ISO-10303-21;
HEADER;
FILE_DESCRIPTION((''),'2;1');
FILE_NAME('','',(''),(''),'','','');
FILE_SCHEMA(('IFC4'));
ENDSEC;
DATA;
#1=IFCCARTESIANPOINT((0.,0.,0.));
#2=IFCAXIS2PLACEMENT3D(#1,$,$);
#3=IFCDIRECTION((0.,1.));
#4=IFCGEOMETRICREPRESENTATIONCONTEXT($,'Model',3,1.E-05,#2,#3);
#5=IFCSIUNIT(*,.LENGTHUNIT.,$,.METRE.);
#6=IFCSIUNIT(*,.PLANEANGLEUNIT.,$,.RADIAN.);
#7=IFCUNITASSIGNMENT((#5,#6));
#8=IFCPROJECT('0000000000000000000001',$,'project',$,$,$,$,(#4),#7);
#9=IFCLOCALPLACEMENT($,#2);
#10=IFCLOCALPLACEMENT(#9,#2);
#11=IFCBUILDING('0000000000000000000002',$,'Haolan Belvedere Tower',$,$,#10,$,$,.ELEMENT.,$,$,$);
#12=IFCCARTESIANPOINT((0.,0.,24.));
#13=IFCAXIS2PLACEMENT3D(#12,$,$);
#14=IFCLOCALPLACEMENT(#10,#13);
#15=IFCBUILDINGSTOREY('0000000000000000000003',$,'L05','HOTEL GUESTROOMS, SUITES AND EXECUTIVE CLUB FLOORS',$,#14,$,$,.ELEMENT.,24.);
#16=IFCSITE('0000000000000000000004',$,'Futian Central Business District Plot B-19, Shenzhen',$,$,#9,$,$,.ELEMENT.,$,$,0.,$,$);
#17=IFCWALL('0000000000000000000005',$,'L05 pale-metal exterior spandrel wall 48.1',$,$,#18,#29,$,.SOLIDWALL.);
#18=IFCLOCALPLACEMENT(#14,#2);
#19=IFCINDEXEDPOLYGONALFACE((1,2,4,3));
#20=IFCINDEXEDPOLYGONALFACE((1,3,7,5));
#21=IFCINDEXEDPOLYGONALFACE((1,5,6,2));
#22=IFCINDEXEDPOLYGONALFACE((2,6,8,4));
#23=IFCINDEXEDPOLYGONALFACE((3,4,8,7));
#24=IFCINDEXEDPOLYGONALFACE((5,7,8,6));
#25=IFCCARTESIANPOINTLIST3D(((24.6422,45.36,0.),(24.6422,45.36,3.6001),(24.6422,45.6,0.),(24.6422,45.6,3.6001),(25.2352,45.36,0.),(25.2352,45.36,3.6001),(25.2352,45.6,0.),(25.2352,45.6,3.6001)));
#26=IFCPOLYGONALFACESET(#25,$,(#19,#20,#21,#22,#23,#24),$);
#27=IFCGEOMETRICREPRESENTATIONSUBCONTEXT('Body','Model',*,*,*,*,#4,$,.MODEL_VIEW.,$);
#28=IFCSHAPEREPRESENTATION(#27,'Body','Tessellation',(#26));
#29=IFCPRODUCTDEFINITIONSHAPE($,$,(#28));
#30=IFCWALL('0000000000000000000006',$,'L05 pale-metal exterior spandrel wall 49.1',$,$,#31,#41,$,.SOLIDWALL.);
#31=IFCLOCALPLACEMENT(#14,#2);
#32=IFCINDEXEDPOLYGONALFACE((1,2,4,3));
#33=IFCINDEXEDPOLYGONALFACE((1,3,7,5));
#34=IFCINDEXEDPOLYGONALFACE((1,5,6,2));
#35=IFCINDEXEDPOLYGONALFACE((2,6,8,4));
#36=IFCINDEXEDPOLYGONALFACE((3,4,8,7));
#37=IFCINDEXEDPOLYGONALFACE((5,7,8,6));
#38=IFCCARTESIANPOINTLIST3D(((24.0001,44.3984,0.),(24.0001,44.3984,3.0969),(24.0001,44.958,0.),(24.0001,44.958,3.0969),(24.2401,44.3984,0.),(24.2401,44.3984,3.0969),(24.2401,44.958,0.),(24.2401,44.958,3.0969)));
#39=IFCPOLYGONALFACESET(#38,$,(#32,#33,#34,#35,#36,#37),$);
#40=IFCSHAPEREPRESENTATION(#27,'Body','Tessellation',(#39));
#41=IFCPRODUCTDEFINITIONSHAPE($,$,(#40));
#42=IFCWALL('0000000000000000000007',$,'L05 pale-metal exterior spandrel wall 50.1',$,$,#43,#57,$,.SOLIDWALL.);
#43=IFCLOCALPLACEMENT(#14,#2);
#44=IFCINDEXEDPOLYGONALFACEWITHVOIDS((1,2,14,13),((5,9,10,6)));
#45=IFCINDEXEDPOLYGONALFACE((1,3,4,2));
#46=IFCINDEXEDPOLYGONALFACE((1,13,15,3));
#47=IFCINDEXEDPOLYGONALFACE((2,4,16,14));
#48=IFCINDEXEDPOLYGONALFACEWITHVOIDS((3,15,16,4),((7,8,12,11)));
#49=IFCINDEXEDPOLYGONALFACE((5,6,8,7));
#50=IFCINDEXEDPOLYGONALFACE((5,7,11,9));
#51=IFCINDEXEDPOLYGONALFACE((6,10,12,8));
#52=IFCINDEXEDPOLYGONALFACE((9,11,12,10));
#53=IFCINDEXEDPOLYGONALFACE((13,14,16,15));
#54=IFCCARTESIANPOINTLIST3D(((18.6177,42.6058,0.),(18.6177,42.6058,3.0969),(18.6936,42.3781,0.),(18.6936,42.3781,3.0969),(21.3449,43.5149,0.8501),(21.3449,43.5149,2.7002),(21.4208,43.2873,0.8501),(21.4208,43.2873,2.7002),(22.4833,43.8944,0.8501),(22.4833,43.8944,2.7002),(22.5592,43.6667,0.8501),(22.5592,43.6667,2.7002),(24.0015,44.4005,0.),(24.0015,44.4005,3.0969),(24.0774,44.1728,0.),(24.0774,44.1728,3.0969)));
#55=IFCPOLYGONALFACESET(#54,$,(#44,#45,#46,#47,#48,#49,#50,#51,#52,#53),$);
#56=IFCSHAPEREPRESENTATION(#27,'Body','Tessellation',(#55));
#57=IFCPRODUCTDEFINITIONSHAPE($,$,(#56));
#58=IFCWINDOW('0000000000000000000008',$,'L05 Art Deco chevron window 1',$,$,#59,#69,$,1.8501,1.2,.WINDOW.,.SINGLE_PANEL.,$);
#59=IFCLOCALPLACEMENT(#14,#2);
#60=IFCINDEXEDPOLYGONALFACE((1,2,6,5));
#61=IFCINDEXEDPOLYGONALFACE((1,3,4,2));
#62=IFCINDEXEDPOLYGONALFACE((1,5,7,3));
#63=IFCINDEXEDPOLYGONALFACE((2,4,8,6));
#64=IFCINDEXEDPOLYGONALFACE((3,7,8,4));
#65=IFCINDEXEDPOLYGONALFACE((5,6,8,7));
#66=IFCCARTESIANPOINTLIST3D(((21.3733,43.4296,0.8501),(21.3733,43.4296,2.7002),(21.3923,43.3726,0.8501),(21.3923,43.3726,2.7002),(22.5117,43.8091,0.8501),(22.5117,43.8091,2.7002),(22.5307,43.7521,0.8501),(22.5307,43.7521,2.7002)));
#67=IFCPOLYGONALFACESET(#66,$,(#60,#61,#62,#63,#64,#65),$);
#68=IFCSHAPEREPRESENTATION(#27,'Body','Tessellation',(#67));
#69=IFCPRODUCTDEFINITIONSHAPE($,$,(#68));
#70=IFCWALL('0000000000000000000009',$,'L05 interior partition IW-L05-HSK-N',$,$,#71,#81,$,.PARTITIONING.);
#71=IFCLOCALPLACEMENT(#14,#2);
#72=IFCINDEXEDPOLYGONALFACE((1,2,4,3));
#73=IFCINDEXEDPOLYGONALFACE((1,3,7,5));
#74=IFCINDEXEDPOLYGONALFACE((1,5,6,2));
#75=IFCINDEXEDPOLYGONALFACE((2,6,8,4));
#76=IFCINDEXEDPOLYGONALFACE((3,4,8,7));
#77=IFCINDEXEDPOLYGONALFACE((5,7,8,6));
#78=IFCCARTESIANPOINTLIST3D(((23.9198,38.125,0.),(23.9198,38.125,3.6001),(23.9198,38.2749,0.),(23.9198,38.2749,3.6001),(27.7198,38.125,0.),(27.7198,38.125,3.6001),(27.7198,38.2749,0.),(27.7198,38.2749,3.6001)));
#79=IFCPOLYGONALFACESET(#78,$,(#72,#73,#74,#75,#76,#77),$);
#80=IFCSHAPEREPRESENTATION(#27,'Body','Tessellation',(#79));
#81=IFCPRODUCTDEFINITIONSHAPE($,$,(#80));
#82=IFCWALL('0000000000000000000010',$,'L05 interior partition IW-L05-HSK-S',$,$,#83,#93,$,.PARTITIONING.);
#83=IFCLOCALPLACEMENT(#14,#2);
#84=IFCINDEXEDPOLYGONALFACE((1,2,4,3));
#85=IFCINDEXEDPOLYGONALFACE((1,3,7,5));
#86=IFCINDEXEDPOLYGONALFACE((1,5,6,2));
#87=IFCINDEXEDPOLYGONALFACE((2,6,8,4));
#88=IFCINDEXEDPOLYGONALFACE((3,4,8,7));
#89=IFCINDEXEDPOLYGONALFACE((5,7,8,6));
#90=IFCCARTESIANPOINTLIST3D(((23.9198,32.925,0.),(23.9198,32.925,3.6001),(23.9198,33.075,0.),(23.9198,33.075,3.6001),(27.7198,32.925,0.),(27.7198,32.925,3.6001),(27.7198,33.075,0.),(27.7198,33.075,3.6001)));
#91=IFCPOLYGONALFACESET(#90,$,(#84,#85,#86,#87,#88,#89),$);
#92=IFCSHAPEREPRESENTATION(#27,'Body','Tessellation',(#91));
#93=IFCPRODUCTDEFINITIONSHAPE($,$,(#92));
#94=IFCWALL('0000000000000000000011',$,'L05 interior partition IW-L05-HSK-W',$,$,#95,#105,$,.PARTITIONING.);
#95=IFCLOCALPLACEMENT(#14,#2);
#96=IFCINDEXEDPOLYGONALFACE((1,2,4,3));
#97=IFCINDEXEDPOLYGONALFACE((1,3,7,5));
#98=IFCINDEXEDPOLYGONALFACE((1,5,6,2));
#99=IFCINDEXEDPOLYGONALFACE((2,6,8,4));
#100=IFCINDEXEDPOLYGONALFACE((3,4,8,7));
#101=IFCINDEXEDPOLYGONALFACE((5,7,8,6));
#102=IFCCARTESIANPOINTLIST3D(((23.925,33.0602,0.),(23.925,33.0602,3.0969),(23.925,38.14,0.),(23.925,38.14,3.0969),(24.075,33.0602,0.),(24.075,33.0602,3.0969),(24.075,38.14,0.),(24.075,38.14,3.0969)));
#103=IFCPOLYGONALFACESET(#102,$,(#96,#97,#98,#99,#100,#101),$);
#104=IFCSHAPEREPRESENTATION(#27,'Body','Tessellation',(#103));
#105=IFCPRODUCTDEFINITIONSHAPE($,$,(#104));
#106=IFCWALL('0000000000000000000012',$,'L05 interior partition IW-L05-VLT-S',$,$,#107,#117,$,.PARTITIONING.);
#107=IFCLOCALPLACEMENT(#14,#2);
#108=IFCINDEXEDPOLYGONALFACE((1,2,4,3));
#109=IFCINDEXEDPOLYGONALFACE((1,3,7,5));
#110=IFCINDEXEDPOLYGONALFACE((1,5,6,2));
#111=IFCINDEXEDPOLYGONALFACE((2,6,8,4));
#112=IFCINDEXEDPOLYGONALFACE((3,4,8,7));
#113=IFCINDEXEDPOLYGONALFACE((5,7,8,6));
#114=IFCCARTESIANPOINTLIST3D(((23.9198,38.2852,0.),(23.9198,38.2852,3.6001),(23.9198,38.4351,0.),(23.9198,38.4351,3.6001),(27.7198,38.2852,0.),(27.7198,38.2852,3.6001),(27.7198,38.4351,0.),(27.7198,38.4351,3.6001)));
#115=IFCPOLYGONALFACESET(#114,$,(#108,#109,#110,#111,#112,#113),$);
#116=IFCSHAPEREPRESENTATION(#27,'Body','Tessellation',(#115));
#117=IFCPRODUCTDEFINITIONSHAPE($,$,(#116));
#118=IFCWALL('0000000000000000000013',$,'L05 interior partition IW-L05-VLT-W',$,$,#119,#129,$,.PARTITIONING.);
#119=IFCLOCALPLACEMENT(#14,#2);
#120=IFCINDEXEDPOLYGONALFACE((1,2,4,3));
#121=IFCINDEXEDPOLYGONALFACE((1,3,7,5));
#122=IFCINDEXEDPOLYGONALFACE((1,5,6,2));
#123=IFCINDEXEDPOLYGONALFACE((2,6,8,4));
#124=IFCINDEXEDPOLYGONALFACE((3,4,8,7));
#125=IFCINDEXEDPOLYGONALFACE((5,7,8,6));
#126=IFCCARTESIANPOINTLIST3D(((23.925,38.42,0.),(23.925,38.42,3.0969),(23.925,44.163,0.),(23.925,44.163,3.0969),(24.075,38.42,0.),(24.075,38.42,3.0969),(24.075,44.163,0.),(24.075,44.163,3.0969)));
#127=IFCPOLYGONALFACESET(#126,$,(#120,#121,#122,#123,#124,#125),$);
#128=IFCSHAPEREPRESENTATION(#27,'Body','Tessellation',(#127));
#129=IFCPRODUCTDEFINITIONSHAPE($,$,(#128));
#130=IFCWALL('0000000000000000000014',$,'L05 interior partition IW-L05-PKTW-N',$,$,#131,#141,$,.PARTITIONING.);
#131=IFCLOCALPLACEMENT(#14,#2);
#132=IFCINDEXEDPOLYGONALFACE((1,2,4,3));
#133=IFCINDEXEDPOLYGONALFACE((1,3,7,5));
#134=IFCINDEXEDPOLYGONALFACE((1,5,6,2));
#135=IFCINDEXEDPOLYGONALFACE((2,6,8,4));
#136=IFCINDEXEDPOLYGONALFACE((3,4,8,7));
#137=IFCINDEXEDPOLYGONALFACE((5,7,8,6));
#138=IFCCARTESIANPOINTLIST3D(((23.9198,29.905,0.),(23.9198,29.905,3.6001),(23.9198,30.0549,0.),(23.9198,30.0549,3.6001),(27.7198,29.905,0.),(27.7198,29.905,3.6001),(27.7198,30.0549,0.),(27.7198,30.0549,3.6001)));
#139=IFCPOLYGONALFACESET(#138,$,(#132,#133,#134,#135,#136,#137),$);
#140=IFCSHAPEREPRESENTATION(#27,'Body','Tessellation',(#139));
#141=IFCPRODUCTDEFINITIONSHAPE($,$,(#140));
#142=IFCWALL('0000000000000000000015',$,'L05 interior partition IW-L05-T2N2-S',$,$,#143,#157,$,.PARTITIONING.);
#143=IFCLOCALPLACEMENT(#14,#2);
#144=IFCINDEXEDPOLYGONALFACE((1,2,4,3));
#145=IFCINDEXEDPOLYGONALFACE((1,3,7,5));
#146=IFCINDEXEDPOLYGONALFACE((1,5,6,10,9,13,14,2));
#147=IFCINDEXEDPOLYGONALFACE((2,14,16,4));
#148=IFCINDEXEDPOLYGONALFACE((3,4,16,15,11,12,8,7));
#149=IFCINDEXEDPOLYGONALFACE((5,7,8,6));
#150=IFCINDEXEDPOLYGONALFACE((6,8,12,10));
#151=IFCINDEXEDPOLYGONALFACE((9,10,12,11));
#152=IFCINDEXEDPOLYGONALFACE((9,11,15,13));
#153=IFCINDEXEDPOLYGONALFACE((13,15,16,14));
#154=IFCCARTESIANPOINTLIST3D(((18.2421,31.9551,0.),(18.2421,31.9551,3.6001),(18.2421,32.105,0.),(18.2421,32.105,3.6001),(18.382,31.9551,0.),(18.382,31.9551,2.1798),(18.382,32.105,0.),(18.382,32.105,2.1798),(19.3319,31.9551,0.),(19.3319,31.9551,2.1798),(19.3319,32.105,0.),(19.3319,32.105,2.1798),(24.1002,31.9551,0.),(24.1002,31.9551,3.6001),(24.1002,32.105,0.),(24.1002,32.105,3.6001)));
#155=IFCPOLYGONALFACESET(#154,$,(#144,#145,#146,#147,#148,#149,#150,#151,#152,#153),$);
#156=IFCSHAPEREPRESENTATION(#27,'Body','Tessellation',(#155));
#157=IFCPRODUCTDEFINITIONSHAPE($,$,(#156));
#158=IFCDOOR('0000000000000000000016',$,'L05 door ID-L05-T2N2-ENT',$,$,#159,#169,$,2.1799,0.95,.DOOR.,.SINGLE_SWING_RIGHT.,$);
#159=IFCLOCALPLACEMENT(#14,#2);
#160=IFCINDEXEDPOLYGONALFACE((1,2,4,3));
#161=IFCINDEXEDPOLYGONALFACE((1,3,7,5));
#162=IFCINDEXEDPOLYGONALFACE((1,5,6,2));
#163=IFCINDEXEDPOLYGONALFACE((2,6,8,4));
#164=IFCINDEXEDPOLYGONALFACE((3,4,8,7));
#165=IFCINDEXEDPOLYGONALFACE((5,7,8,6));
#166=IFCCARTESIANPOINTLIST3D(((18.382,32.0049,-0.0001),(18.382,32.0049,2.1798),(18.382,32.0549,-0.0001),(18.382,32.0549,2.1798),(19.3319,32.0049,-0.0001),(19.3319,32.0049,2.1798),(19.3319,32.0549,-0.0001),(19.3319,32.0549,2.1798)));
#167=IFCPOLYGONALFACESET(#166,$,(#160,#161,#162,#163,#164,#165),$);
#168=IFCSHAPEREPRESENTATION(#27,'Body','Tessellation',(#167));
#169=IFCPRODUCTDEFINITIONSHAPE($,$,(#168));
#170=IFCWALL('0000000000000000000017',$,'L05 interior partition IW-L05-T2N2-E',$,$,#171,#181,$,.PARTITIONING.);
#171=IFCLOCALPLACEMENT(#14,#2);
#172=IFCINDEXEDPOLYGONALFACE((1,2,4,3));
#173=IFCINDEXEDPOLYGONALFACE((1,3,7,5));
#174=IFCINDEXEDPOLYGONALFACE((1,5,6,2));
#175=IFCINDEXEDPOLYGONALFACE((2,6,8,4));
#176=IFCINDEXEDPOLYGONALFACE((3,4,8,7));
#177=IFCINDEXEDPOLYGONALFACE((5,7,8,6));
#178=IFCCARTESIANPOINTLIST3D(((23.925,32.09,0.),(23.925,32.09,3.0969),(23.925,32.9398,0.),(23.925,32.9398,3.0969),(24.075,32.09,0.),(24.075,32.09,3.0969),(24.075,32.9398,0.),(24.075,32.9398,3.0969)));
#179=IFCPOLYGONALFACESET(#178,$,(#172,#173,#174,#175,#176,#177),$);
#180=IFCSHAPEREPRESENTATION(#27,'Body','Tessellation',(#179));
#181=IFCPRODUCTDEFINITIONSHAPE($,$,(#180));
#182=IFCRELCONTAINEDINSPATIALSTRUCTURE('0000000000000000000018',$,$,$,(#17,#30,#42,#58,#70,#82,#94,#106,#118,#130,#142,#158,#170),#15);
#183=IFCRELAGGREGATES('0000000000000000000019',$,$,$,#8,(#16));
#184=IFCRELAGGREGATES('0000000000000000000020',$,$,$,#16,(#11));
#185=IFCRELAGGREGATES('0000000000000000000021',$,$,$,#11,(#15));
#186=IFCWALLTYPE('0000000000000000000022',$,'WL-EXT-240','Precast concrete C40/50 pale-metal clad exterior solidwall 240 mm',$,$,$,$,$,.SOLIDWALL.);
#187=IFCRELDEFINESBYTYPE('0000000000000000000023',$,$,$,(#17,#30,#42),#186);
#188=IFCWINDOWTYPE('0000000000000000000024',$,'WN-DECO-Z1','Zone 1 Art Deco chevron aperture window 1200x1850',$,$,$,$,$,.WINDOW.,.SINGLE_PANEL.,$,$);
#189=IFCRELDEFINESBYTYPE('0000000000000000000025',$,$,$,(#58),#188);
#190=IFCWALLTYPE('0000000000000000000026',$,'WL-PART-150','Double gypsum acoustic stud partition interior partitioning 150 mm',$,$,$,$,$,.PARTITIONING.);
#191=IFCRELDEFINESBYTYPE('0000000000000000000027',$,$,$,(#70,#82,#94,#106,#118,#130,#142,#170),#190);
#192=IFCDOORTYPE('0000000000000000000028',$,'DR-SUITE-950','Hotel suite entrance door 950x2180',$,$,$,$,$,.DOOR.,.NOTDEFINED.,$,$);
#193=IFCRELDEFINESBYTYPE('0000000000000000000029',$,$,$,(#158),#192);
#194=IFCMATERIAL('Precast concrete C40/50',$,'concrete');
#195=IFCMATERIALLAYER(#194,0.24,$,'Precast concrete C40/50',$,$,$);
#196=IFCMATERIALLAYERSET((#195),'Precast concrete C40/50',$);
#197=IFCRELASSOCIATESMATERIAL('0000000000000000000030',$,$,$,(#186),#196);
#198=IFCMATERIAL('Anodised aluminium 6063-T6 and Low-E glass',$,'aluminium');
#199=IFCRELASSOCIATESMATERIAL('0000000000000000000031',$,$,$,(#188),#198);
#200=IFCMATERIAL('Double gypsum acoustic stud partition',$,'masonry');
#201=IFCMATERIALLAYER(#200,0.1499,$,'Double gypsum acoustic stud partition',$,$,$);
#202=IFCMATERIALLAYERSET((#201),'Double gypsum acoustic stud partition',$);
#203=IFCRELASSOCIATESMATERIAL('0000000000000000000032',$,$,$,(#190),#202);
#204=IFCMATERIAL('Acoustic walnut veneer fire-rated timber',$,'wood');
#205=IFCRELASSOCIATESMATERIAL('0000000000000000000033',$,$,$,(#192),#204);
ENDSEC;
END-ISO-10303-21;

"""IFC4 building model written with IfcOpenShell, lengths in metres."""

from ifc_helpers import new_model, si_unit, direction, frame, frame_2d, origin, place, context, subcontext, project, spatial, rectangle, extrude, material, layer, layer_set, type_object, element, fill, save


model = new_model("IFC4")

# Units and contexts
model_context = context("Model", 3, precision=1e-05, world=origin(), true_north=direction((0.0, 1.0)))
body_context = subcontext(model_context, "Body", "Model", "MODEL_VIEW")
ifc_project = project(units=[si_unit("LENGTHUNIT", "METRE"), si_unit("PLANEANGLEUNIT", "RADIAN")], contexts=[model_context])

# Site, building, storey
site_placement = place(None, origin())
site = spatial("IfcSite", under=ifc_project, at=site_placement, Name="Futian Central Business District Plot B-19, Shenzhen", CompositionType="ELEMENT", RefElevation=0.0)
building_placement = place(site_placement, origin())
building = spatial("IfcBuilding", under=site, at=building_placement, Name="Haolan Belvedere Tower", CompositionType="ELEMENT")
storey_placement = place(building_placement, frame((0.0, 0.0, 24.0)))
storey = spatial("IfcBuildingStorey", under=building, at=storey_placement, Name="L05", Description="HOTEL GUESTROOMS, SUITES AND EXECUTIVE CLUB FLOORS", CompositionType="ELEMENT", Elevation=24.0)

# Walls
ifc_material_1 = material(Name="Precast concrete C40/50", Category="concrete")
ifc_layer_1 = layer(ifc_material_1, 0.24, Name="Precast concrete C40/50")
ifc_layer_set_1 = layer_set([ifc_layer_1], Name="Precast concrete C40/50")
wall_type_1 = type_object("IfcWallType", Name="WL-EXT-240", Description="Precast concrete C40/50 pale-metal clad exterior solidwall 240 mm", PredefinedType="SOLIDWALL", material=ifc_layer_set_1)
wall_1_placement = place(storey_placement, frame((25.2351, 45.48, 0.0), z_axis=(0.0, 0.0, 1.0), x_axis=(-1.0, 0.0, 0.0)))
element("IfcWall", 1, at=wall_1_placement, inside=storey, type_object=wall_type_1, Name="L05 pale-metal exterior spandrel wall 48.1", PredefinedType="SOLIDWALL", context=body_context, shape_type="SweptSolid", body=[
    extrude(rectangle(XDim=0.593, YDim=0.24, at=frame_2d((0.2964, 0.0))), origin(), (0.0, 0.0, 1.0), 3.6001),
])
wall_2_placement = place(storey_placement, frame((24.1201, 44.958, 0.0), z_axis=(0.0, 0.0, 1.0), x_axis=(0.0, -1.0, 0.0)))
element("IfcWall", 2, at=wall_2_placement, inside=storey, type_object=wall_type_1, Name="L05 pale-metal exterior spandrel wall 49.1", PredefinedType="SOLIDWALL", context=body_context, shape_type="SweptSolid", body=[
    extrude(rectangle(XDim=0.5596, YDim=0.24, at=frame_2d((0.2798, 0.0))), origin(), (0.0, 0.0, 1.0), 3.0969),
])

# Wall, opening, window
wall_3_placement = place(storey_placement, frame((24.0393, 44.2866, 0.0), z_axis=(0.0, 0.0, 1.0), x_axis=(-0.948679, -0.316241, 0.0)))
wall_3 = element("IfcWall", 3, at=wall_3_placement, inside=storey, type_object=wall_type_1, Name="L05 pale-metal exterior spandrel wall 50.1", PredefinedType="SOLIDWALL", context=body_context, shape_type="SweptSolid", body=[
    extrude(rectangle(XDim=5.675, YDim=0.24, at=frame_2d((2.8374, 0.0))), origin(), (0.0, 0.0, 1.0), 3.0969),
])
opening_1_placement = place(wall_3_placement, frame((1.6001, 0.0, 0.8501)))
opening_1 = element("IfcOpeningElement", 4, at=opening_1_placement, cuts=wall_3, PredefinedType="OPENING", context=body_context, shape_type="SweptSolid", body=[
    extrude(rectangle(XDim=1.2, YDim=1.8501, at=frame_2d((0.6001, 0.925))), frame((0.0, 0.1299, 0.0), z_axis=(0.0, -1.0, 0.0), x_axis=(1.0, 0.0, 0.0)), (0.0, 0.0, 1.0), 0.26),
])
ifc_material_2 = material(Name="Anodised aluminium 6063-T6 and Low-E glass", Category="aluminium")
window_type = type_object("IfcWindowType", Name="WN-DECO-Z1", Description="Zone 1 Art Deco chevron aperture window 1200x1850", PartitioningType="SINGLE_PANEL", PredefinedType="WINDOW", material=ifc_material_2)
window_placement = place(opening_1_placement, origin())
window = element("IfcWindow", 5, at=window_placement, inside=storey, type_object=window_type, Name="L05 Art Deco chevron window 1", OverallHeight=1.8501, OverallWidth=1.2, PartitioningType="SINGLE_PANEL", PredefinedType="WINDOW", context=body_context, shape_type="SweptSolid", body=[
    extrude(rectangle(XDim=1.2, YDim=1.8501, at=frame_2d((0.6001, 0.925))), frame((0.0, 0.03, 0.0), z_axis=(0.0, -1.0, 0.0), x_axis=(1.0, 0.0, 0.0)), (0.0, 0.0, 1.0), 0.0601),
])
fill(opening_1, window)

# Walls
ifc_material_3 = material(Name="Double gypsum acoustic stud partition", Category="masonry")
ifc_layer_2 = layer(ifc_material_3, 0.1499, Name="Double gypsum acoustic stud partition")
ifc_layer_set_2 = layer_set([ifc_layer_2], Name="Double gypsum acoustic stud partition")
wall_type_2 = type_object("IfcWallType", Name="WL-PART-150", Description="Double gypsum acoustic stud partition interior partitioning 150 mm", PredefinedType="PARTITIONING", material=ifc_layer_set_2)
for number, where, z_axis, x_axis, name in (
    (6, (23.9199, 38.2, 0.0), (0.0, 0.0, 1.0), (1.0, 0.0, 0.0), "L05 interior partition IW-L05-HSK-N"),
    (7, (23.9199, 33.0, 0.0), (0.0, 0.0, 1.0), (1.0, 0.0, 0.0), "L05 interior partition IW-L05-HSK-S"),
):
    element("IfcWall", number, at=place(storey_placement, frame(where, z_axis=z_axis, x_axis=x_axis)), inside=storey, type_object=wall_type_2, Name=name, PredefinedType="PARTITIONING", context=body_context, shape_type="SweptSolid", body=[
        extrude(rectangle(XDim=3.8, YDim=0.1499, at=frame_2d((1.8999, 0.0))), origin(), (0.0, 0.0, 1.0), 3.6001),
    ])
wall_4_placement = place(storey_placement, frame((24.0, 33.0601, 0.0), z_axis=(0.0, 0.0, 1.0), x_axis=(0.0, 1.0, 0.0)))
element("IfcWall", 8, at=wall_4_placement, inside=storey, type_object=wall_type_2, Name="L05 interior partition IW-L05-HSK-W", PredefinedType="PARTITIONING", context=body_context, shape_type="SweptSolid", body=[
    extrude(rectangle(XDim=5.0798, YDim=0.1499, at=frame_2d((2.54, 0.0))), origin(), (0.0, 0.0, 1.0), 3.0969),
])
wall_5_placement = place(storey_placement, frame((23.9199, 38.3601, 0.0), z_axis=(0.0, 0.0, 1.0), x_axis=(1.0, 0.0, 0.0)))
element("IfcWall", 9, at=wall_5_placement, inside=storey, type_object=wall_type_2, Name="L05 interior partition IW-L05-VLT-S", PredefinedType="PARTITIONING", context=body_context, shape_type="SweptSolid", body=[
    extrude(rectangle(XDim=3.8, YDim=0.1499, at=frame_2d((1.8999, 0.0))), origin(), (0.0, 0.0, 1.0), 3.6001),
])
wall_6_placement = place(storey_placement, frame((24.0, 38.4199, 0.0), z_axis=(0.0, 0.0, 1.0), x_axis=(0.0, 1.0, 0.0)))
element("IfcWall", 10, at=wall_6_placement, inside=storey, type_object=wall_type_2, Name="L05 interior partition IW-L05-VLT-W", PredefinedType="PARTITIONING", context=body_context, shape_type="SweptSolid", body=[
    extrude(rectangle(XDim=5.7429, YDim=0.1499, at=frame_2d((2.8716, 0.0))), origin(), (0.0, 0.0, 1.0), 3.0969),
])
wall_7_placement = place(storey_placement, frame((23.9199, 29.98, 0.0), z_axis=(0.0, 0.0, 1.0), x_axis=(1.0, 0.0, 0.0)))
element("IfcWall", 11, at=wall_7_placement, inside=storey, type_object=wall_type_2, Name="L05 interior partition IW-L05-PKTW-N", PredefinedType="PARTITIONING", context=body_context, shape_type="SweptSolid", body=[
    extrude(rectangle(XDim=3.8, YDim=0.1499, at=frame_2d((1.8999, 0.0))), origin(), (0.0, 0.0, 1.0), 3.6001),
])

# Wall, opening, door
wall_8_placement = place(storey_placement, frame((18.2419, 32.03, 0.0), z_axis=(0.0, 0.0, 1.0), x_axis=(1.0, 0.0, 0.0)))
wall_8 = element("IfcWall", 12, at=wall_8_placement, inside=storey, type_object=wall_type_2, Name="L05 interior partition IW-L05-T2N2-S", PredefinedType="PARTITIONING", context=body_context, shape_type="SweptSolid", body=[
    extrude(rectangle(XDim=5.8582, YDim=0.1499, at=frame_2d((2.9292, 0.0))), origin(), (0.0, 0.0, 1.0), 3.6001),
])
opening_2_placement = place(wall_8_placement, frame((0.1399, 0.0, 0.0)))
opening_2 = element("IfcOpeningElement", 13, at=opening_2_placement, cuts=wall_8, PredefinedType="OPENING", context=body_context, shape_type="SweptSolid", body=[
    extrude(rectangle(XDim=0.95, YDim=2.1799, at=frame_2d((0.4751, 1.0898))), frame((0.0, 0.085, 0.0), z_axis=(0.0, -1.0, 0.0), x_axis=(1.0, 0.0, 0.0)), (0.0, 0.0, 1.0), 0.1699),
])
ifc_material_4 = material(Name="Acoustic walnut veneer fire-rated timber", Category="wood")
door_type_1 = type_object("IfcDoorType", Name="DR-SUITE-950", Description="Hotel suite entrance door 950x2180", OperationType="NOTDEFINED", PredefinedType="DOOR", material=ifc_material_4)
door_1_placement = place(opening_2_placement, origin())
door_1 = element("IfcDoor", 14, at=door_1_placement, inside=storey, type_object=door_type_1, Name="L05 door ID-L05-T2N2-ENT", OperationType="SINGLE_SWING_RIGHT", OverallHeight=2.1799, OverallWidth=0.95, PredefinedType="DOOR", context=body_context, shape_type="SweptSolid", body=[
    extrude(rectangle(XDim=0.95, YDim=2.1799, at=frame_2d((0.4751, 1.0898))), frame((0.0, 0.0249, 0.0), z_axis=(0.0, -1.0, 0.0), x_axis=(1.0, 0.0, 0.0)), (0.0, 0.0, 1.0), 0.05),
])
fill(opening_2, door_1)

# Wall
wall_9_placement = place(storey_placement, frame((24.0, 32.0901, 0.0), z_axis=(0.0, 0.0, 1.0), x_axis=(0.0, 1.0, 0.0)))
element("IfcWall", 15, at=wall_9_placement, inside=storey, type_object=wall_type_2, Name="L05 interior partition IW-L05-T2N2-E", PredefinedType="PARTITIONING", context=body_context, shape_type="SweptSolid", body=[
    extrude(rectangle(XDim=0.8499, YDim=0.1499, at=frame_2d((0.4248, 0.0))), origin(), (0.0, 0.0, 1.0), 3.0969),
])

save(model, "model.ifc")
